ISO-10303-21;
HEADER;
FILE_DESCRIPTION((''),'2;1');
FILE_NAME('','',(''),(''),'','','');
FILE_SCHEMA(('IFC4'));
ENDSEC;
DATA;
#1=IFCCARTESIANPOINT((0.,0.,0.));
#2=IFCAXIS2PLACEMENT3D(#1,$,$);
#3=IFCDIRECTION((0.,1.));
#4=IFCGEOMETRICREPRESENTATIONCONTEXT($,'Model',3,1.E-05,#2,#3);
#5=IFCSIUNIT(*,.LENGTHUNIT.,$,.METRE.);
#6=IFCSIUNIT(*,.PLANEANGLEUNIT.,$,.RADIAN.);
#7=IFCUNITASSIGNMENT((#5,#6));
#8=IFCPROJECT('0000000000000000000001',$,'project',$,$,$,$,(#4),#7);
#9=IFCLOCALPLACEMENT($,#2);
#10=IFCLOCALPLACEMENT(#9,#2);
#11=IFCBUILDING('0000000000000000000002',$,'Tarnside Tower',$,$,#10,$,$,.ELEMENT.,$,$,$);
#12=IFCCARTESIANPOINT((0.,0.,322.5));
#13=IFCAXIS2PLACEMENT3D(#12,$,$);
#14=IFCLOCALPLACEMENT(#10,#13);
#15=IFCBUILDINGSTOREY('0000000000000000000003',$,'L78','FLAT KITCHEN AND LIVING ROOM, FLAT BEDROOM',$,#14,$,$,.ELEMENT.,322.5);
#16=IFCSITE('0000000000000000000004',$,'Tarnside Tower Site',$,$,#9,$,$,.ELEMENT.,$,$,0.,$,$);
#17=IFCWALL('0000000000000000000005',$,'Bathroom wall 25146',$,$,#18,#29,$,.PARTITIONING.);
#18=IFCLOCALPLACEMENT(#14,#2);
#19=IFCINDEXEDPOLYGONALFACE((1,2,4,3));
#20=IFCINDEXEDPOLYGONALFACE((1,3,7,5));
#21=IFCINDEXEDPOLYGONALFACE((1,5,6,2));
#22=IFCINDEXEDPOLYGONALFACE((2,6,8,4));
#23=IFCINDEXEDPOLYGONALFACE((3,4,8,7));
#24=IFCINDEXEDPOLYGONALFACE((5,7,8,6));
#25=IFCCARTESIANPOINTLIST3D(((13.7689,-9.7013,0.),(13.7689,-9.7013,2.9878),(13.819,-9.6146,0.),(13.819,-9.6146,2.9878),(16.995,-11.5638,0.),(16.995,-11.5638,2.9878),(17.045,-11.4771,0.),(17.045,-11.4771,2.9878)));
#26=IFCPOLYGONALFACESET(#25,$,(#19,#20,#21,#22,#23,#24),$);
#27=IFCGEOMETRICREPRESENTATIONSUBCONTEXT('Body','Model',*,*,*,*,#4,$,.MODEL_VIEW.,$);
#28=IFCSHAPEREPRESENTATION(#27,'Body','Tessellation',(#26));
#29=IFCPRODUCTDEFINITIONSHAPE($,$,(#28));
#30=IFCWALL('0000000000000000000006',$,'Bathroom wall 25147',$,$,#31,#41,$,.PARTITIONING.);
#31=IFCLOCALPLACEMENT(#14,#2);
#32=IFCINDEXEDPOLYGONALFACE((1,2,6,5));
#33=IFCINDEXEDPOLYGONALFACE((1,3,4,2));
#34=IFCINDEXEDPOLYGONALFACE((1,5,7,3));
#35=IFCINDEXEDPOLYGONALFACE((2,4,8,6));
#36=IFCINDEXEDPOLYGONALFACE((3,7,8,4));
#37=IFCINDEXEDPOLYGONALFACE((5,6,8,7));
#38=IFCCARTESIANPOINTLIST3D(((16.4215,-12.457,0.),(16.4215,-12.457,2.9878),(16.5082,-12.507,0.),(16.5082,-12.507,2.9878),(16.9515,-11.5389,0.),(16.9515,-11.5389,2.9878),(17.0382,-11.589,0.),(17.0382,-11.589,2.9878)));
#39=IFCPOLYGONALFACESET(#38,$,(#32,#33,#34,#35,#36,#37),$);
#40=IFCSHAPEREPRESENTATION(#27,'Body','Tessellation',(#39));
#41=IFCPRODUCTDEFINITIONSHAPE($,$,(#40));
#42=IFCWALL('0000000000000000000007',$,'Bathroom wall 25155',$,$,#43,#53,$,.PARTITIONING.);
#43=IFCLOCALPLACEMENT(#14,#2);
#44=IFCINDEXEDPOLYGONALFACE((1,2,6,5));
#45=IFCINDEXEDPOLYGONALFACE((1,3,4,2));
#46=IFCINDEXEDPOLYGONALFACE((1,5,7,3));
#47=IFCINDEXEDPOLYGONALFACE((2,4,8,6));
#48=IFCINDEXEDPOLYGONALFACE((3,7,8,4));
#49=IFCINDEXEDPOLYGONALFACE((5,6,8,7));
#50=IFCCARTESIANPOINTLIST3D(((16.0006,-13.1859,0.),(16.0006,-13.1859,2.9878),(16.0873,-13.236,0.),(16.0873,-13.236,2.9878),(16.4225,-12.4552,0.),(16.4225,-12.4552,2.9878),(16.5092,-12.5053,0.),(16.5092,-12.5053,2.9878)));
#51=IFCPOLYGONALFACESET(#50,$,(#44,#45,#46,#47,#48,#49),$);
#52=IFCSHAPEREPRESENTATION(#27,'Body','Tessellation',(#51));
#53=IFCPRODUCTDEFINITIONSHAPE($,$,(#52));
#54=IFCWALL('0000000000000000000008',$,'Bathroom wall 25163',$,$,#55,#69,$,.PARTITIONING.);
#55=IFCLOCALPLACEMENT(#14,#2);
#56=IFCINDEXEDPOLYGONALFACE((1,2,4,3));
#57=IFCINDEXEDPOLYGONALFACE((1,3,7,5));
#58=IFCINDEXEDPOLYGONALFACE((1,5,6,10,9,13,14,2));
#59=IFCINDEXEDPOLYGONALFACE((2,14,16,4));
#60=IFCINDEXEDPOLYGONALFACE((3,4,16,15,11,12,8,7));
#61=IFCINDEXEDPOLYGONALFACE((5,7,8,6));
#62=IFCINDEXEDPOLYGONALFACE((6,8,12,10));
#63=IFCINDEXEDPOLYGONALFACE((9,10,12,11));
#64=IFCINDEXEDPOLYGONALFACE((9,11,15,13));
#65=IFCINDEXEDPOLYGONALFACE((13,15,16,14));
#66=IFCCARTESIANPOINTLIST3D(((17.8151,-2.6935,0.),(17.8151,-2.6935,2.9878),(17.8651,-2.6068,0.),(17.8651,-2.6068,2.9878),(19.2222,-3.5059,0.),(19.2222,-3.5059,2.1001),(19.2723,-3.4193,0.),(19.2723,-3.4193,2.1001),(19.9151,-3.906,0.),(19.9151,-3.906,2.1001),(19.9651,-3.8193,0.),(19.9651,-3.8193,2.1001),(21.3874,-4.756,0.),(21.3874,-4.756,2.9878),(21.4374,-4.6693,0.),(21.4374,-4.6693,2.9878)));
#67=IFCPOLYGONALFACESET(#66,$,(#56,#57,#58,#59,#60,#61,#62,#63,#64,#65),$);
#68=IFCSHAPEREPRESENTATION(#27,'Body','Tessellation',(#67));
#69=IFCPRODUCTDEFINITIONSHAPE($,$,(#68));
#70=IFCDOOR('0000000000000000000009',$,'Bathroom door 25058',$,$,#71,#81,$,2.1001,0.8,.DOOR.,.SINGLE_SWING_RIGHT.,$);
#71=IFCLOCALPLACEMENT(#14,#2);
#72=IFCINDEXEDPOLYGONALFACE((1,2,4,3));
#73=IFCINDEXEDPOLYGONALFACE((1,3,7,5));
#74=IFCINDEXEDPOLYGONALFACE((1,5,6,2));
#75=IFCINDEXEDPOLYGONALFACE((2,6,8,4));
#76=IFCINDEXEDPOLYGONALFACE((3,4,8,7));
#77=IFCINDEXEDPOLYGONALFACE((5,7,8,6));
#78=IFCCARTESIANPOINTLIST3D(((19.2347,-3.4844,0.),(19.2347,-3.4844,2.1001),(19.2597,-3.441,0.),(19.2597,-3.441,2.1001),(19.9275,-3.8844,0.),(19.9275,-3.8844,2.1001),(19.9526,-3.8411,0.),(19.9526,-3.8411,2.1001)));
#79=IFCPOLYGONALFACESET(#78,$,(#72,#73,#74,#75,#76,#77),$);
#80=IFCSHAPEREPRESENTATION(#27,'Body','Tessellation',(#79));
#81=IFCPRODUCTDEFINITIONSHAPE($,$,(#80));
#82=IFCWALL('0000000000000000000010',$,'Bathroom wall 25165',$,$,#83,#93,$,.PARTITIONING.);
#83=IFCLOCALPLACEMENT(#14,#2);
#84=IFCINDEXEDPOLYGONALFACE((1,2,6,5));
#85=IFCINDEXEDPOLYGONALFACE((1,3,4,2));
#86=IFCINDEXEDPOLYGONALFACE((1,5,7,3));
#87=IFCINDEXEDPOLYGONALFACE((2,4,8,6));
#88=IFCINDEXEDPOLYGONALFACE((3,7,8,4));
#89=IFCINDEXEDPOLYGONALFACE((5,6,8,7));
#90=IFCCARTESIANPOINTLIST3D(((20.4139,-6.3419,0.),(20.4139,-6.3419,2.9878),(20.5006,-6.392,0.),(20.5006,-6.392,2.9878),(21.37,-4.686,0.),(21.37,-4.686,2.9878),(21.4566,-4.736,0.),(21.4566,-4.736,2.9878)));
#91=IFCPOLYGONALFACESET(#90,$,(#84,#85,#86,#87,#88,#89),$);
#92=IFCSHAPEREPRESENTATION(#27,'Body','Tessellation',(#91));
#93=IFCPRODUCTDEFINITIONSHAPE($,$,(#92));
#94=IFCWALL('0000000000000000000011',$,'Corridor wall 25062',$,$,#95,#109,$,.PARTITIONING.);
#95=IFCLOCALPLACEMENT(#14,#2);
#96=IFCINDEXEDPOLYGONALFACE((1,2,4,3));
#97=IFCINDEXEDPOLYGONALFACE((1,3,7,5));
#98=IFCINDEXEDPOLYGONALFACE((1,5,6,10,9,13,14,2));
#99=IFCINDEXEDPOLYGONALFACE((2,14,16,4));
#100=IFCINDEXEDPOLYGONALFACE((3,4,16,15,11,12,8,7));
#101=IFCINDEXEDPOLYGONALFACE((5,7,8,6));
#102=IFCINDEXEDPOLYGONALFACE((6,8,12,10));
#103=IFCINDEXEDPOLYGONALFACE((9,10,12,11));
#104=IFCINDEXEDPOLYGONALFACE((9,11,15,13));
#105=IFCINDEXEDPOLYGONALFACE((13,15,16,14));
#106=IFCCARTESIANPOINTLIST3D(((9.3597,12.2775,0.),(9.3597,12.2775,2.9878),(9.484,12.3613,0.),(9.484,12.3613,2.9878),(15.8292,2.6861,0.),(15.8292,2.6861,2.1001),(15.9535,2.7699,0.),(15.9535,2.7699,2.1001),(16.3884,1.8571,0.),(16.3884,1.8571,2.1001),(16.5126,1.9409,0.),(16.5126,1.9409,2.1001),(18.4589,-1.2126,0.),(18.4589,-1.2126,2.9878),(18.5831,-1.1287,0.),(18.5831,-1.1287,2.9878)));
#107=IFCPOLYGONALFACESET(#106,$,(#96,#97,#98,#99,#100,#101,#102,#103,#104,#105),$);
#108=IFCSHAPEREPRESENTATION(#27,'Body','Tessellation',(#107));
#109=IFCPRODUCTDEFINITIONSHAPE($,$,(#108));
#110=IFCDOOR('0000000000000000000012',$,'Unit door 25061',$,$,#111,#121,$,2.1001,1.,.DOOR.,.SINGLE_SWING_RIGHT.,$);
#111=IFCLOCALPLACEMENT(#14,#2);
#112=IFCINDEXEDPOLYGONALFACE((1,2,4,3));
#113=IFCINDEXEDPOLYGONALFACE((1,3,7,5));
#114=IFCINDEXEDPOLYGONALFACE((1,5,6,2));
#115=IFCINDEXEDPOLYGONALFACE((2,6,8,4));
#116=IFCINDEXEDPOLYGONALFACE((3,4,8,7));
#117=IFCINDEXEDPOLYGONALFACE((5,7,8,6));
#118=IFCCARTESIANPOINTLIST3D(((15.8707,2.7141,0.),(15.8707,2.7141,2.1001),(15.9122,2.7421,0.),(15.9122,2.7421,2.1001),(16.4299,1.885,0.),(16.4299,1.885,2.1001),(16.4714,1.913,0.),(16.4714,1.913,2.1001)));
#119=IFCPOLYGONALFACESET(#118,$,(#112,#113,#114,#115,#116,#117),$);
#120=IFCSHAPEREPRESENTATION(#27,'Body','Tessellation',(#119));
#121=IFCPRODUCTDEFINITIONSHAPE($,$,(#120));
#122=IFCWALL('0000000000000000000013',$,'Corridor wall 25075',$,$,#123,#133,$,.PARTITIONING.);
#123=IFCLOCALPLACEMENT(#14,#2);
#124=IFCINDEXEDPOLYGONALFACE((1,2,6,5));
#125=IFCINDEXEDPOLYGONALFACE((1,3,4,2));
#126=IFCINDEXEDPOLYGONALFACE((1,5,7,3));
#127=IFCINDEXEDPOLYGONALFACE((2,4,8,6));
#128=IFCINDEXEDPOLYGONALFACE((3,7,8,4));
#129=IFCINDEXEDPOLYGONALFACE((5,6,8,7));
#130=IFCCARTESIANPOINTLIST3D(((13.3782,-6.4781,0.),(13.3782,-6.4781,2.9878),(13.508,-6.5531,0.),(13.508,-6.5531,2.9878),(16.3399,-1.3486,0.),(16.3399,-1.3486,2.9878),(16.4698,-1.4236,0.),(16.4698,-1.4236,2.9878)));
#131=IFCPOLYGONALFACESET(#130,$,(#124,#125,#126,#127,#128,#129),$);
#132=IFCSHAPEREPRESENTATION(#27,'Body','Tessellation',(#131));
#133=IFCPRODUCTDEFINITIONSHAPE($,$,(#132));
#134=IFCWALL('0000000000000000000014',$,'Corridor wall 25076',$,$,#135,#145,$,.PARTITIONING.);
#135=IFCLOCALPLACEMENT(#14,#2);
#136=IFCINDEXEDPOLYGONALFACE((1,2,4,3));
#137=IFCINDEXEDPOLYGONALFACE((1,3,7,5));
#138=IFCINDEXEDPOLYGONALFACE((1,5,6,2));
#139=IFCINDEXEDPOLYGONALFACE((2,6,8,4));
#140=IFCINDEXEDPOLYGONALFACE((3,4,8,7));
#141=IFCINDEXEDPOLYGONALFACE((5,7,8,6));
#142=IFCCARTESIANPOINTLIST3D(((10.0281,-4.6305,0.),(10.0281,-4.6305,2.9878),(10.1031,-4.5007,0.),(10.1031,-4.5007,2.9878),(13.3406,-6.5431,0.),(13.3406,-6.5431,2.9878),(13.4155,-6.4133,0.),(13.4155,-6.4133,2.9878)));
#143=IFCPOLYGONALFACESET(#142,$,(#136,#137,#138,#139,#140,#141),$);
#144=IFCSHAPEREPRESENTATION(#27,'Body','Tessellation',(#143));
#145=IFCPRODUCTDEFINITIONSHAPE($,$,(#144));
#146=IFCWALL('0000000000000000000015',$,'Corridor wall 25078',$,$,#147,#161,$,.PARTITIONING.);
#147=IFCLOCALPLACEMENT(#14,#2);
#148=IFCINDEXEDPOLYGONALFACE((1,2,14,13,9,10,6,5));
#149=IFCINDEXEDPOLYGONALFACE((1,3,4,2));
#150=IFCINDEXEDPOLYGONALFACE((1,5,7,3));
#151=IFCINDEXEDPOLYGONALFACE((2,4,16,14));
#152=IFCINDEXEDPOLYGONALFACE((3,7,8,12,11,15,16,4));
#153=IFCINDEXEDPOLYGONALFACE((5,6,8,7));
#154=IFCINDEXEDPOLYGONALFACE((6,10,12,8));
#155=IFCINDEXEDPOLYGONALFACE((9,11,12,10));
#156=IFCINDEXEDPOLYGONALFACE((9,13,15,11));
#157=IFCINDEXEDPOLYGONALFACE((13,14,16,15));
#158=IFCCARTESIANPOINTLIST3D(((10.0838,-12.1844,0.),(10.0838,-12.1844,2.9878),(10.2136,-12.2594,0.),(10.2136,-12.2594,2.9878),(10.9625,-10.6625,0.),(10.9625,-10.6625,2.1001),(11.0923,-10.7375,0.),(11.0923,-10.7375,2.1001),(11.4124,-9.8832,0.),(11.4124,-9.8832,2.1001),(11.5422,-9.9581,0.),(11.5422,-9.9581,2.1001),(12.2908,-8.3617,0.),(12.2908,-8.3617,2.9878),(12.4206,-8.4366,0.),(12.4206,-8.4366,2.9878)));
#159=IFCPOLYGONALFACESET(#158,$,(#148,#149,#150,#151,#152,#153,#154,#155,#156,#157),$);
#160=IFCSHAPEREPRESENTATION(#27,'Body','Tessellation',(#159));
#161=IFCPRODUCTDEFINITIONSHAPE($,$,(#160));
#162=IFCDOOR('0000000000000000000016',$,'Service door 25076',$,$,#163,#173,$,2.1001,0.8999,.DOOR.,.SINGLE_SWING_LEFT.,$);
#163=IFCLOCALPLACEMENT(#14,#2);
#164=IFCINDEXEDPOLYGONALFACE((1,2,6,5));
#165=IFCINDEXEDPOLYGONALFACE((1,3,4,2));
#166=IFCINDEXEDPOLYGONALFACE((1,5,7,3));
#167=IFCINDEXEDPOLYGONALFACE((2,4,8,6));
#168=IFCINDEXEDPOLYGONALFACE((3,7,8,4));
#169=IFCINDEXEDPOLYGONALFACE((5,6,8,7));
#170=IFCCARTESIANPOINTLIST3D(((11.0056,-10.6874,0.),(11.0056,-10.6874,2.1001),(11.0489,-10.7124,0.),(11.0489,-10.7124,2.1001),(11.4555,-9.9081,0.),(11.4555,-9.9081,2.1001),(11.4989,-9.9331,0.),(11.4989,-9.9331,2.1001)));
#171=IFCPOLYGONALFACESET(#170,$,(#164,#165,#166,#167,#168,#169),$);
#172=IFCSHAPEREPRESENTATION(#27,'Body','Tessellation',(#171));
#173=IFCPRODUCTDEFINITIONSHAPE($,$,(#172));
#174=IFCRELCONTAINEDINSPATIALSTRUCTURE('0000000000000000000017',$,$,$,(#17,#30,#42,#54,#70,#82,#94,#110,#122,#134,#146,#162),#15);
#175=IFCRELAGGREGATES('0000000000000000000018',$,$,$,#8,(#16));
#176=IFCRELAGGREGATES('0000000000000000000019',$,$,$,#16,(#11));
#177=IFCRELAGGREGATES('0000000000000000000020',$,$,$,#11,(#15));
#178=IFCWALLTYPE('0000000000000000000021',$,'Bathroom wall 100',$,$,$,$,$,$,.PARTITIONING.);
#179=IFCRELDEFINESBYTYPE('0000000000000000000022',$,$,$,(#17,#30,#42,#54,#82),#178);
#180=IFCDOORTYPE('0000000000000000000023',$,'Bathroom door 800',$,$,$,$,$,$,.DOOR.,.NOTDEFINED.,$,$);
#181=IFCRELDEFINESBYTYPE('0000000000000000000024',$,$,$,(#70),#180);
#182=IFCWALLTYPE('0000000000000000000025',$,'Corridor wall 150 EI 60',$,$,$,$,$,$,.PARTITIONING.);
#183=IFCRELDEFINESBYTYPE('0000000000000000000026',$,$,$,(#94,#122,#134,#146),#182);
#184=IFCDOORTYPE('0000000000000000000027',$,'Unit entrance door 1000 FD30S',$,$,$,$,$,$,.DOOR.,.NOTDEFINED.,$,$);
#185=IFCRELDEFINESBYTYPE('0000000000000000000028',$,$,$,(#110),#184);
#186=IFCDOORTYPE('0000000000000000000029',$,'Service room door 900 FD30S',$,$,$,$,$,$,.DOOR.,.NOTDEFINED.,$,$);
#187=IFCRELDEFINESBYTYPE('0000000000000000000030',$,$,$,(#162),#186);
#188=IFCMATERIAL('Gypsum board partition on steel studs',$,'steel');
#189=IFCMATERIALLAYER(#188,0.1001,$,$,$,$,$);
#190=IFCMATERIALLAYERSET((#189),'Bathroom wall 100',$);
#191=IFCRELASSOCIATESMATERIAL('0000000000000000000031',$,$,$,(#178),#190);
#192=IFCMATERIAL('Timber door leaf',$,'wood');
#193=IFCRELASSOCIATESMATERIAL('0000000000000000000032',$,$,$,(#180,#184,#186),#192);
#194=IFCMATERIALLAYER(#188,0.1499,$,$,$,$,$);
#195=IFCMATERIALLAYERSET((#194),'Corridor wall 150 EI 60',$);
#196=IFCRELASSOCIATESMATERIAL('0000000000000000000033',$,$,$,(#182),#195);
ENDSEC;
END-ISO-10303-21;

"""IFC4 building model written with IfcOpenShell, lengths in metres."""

from ifc_helpers import new_model, si_unit, direction, frame, frame_2d, origin, place, context, subcontext, project, spatial, rectangle, extrude, material, layer, layer_set, type_object, element, fill, save


model = new_model("IFC4")

# Units and contexts
model_context = context("Model", 3, precision=1e-05, world=origin(), true_north=direction((0.0, 1.0)))
body_context = subcontext(model_context, "Body", "Model", "MODEL_VIEW")
ifc_project = project(units=[si_unit("LENGTHUNIT", "METRE"), si_unit("PLANEANGLEUNIT", "RADIAN")], contexts=[model_context])

# Site, building, storey
site_placement = place(None, origin())
site = spatial("IfcSite", under=ifc_project, at=site_placement, Name="Tarnside Tower Site", CompositionType="ELEMENT", RefElevation=0.0)
building_placement = place(site_placement, origin())
building = spatial("IfcBuilding", under=site, at=building_placement, Name="Tarnside Tower", CompositionType="ELEMENT")
storey_placement = place(building_placement, frame((0.0, 0.0, 322.5)))
storey = spatial("IfcBuildingStorey", under=building, at=storey_placement, Name="L78", Description="FLAT KITCHEN AND LIVING ROOM, FLAT BEDROOM", CompositionType="ELEMENT", Elevation=322.5)

# Walls
ifc_material_1 = material(Name="Gypsum board partition on steel studs", Category="steel")
ifc_layer_1 = layer(ifc_material_1, 0.1001)
ifc_layer_set_1 = layer_set([ifc_layer_1], Name="Bathroom wall 100")
wall_type_1 = type_object("IfcWallType", Name="Bathroom wall 100", PredefinedType="PARTITIONING", material=ifc_layer_set_1)
wall_1_placement = place(storey_placement, frame((13.7939, -9.658, 0.0), z_axis=(0.0, 0.0, 1.0), x_axis=(0.866028, -0.499995, 0.0)))
element("IfcWall", 1, at=wall_1_placement, inside=storey, type_object=wall_type_1, Name="Bathroom wall 25146", PredefinedType="PARTITIONING", context=body_context, shape_type="SweptSolid", body=[
    extrude(rectangle(XDim=3.7251, YDim=0.1001, at=frame_2d((1.8625, 0.0))), origin(), (0.0, 0.0, 1.0), 2.9878),
])
wall_2_placement = place(storey_placement, frame((16.9949, -11.564, 0.0), z_axis=(0.0, 0.0, 1.0), x_axis=(-0.500028, -0.866009, 0.0)))
element("IfcWall", 2, at=wall_2_placement, inside=storey, type_object=wall_type_1, Name="Bathroom wall 25147", PredefinedType="PARTITIONING", context=body_context, shape_type="SweptSolid", body=[
    extrude(rectangle(XDim=1.0601, YDim=0.1001, at=frame_2d((0.53, 0.0))), origin(), (0.0, 0.0, 1.0), 2.9878),
])
wall_3_placement = place(storey_placement, frame((16.0439, -13.2109, 0.0), z_axis=(0.0, 0.0, 1.0), x_axis=(0.499998, 0.866027, 0.0)))
element("IfcWall", 3, at=wall_3_placement, inside=storey, type_object=wall_type_1, Name="Bathroom wall 25155", PredefinedType="PARTITIONING", context=body_context, shape_type="SweptSolid", body=[
    extrude(rectangle(XDim=0.8438, YDim=0.1001, at=frame_2d((0.4219, 0.0))), origin(), (0.0, 0.0, 1.0), 2.9878),
])

# Wall, opening, door
wall_4_placement = place(storey_placement, frame((17.8401, -2.6501, 0.0), z_axis=(0.0, 0.0, 1.0), x_axis=(0.86602, -0.500009, 0.0)))
wall_4 = element("IfcWall", 4, at=wall_4_placement, inside=storey, type_object=wall_type_1, Name="Bathroom wall 25163", PredefinedType="PARTITIONING", context=body_context, shape_type="SweptSolid", body=[
    extrude(rectangle(XDim=4.125, YDim=0.1001, at=frame_2d((2.0625, 0.0))), origin(), (0.0, 0.0, 1.0), 2.9878),
])
opening_1_placement = place(wall_4_placement, frame((1.625, 0.0, 0.0)))
opening_1 = element("IfcOpeningElement", 5, at=opening_1_placement, cuts=wall_4, PredefinedType="OPENING", context=body_context, shape_type="SweptSolid", body=[
    extrude(rectangle(XDim=0.8, YDim=2.1001, at=frame_2d((0.3999, 1.05))), frame((0.0, 0.0601, 0.0), z_axis=(0.0, -1.0, 0.0), x_axis=(1.0, 0.0, 0.0)), (0.0, 0.0, 1.0), 0.1201),
])
ifc_material_2 = material(Name="Timber door leaf", Category="wood")
door_type_1 = type_object("IfcDoorType", Name="Bathroom door 800", OperationType="NOTDEFINED", PredefinedType="DOOR", material=ifc_material_2)
door_1_placement = place(opening_1_placement, origin())
door_1 = element("IfcDoor", 6, at=door_1_placement, inside=storey, type_object=door_type_1, Name="Bathroom door 25058", OperationType="SINGLE_SWING_RIGHT", OverallHeight=2.1001, OverallWidth=0.8, PredefinedType="DOOR", context=body_context, shape_type="SweptSolid", body=[
    extrude(rectangle(XDim=0.8, YDim=2.1001, at=frame_2d((0.3999, 1.05))), frame((0.0, 0.0249, 0.0), z_axis=(0.0, -1.0, 0.0), x_axis=(1.0, 0.0, 0.0)), (0.0, 0.0, 1.0), 0.05),
])
fill(opening_1, door_1)

# Wall
wall_5_placement = place(storey_placement, frame((20.4573, -6.3669, 0.0), z_axis=(0.0, 0.0, 1.0), x_axis=(0.499984, 0.866035, 0.0)))
element("IfcWall", 7, at=wall_5_placement, inside=storey, type_object=wall_type_1, Name="Bathroom wall 25165", PredefinedType="PARTITIONING", context=body_context, shape_type="SweptSolid", body=[
    extrude(rectangle(XDim=1.9121, YDim=0.1001, at=frame_2d((0.9561, 0.0))), origin(), (0.0, 0.0, 1.0), 2.9878),
])

# Wall, opening, door
ifc_layer_2 = layer(ifc_material_1, 0.1499)
ifc_layer_set_2 = layer_set([ifc_layer_2], Name="Corridor wall 150 EI 60")
wall_type_2 = type_object("IfcWallType", Name="Corridor wall 150 EI 60", PredefinedType="PARTITIONING", material=ifc_layer_set_2)
wall_6_placement = place(storey_placement, frame((18.521, -1.1707, 0.0), z_axis=(0.0, 0.0, 1.0), x_axis=(-0.559193, 0.829037, 0.0)))
wall_6 = element("IfcWall", 8, at=wall_6_placement, inside=storey, type_object=wall_type_2, Name="Corridor wall 25062", PredefinedType="PARTITIONING", context=body_context, shape_type="SweptSolid", body=[
    extrude(rectangle(XDim=16.272, YDim=0.1499, at=frame_2d((8.136, 0.0))), origin(), (0.0, 0.0, 1.0), 2.9878),
])
opening_2_placement = place(wall_6_placement, frame((3.7026, 0.0, 0.0)))
opening_2 = element("IfcOpeningElement", 9, at=opening_2_placement, cuts=wall_6, PredefinedType="OPENING", context=body_context, shape_type="SweptSolid", body=[
    extrude(rectangle(XDim=1.0, YDim=2.1001, at=frame_2d((0.5, 1.05))), frame((0.0, 0.085, 0.0), z_axis=(0.0, -1.0, 0.0), x_axis=(1.0, 0.0, 0.0)), (0.0, 0.0, 1.0), 0.1699),
])
door_type_2 = type_object("IfcDoorType", Name="Unit entrance door 1000 FD30S", OperationType="NOTDEFINED", PredefinedType="DOOR", material=ifc_material_2)
door_2_placement = place(opening_2_placement, origin())
door_2 = element("IfcDoor", 10, at=door_2_placement, inside=storey, type_object=door_type_2, Name="Unit door 25061", OperationType="SINGLE_SWING_RIGHT", OverallHeight=2.1001, OverallWidth=1.0, PredefinedType="DOOR", context=body_context, shape_type="SweptSolid", body=[
    extrude(rectangle(XDim=1.0, YDim=2.1001, at=frame_2d((0.5, 1.05))), frame((0.0, 0.0249, 0.0), z_axis=(0.0, -1.0, 0.0), x_axis=(1.0, 0.0, 0.0)), (0.0, 0.0, 1.0), 0.05),
])
fill(opening_2, door_2)

# Walls
wall_7_placement = place(storey_placement, frame((16.4048, -1.3862, 0.0), z_axis=(0.0, 0.0, 1.0), x_axis=(-0.500027, -0.86601, 0.0)))
element("IfcWall", 11, at=wall_7_placement, inside=storey, type_object=wall_type_2, Name="Corridor wall 25075", PredefinedType="PARTITIONING", context=body_context, shape_type="SweptSolid", body=[
    extrude(rectangle(XDim=5.9231, YDim=0.1499, at=frame_2d((2.9614, 0.0))), origin(), (0.0, 0.0, 1.0), 2.9878),
])
wall_8_placement = place(storey_placement, frame((13.3782, -6.4783, 0.0), z_axis=(0.0, 0.0, 1.0), x_axis=(-0.866011, 0.500024, 0.0)))
element("IfcWall", 12, at=wall_8_placement, inside=storey, type_object=wall_type_2, Name="Corridor wall 25076", PredefinedType="PARTITIONING", context=body_context, shape_type="SweptSolid", body=[
    extrude(rectangle(XDim=3.825, YDim=0.1499, at=frame_2d((1.9126, 0.0))), origin(), (0.0, 0.0, 1.0), 2.9878),
])

# Wall, opening, door
wall_9_placement = place(storey_placement, frame((12.3557, -8.3992, 0.0), z_axis=(0.0, 0.0, 1.0), x_axis=(-0.499994, -0.866029, 0.0)))
wall_9 = element("IfcWall", 13, at=wall_9_placement, inside=storey, type_object=wall_type_2, Name="Corridor wall 25078", PredefinedType="PARTITIONING", context=body_context, shape_type="SweptSolid", body=[
    extrude(rectangle(XDim=4.4141, YDim=0.1499, at=frame_2d((2.207, 0.0))), origin(), (0.0, 0.0, 1.0), 2.9878),
])
opening_3_placement = place(wall_9_placement, frame((1.7568, 0.0, 0.0)))
opening_3 = element("IfcOpeningElement", 14, at=opening_3_placement, cuts=wall_9, PredefinedType="OPENING", context=body_context, shape_type="SweptSolid", body=[
    extrude(rectangle(XDim=0.8999, YDim=2.1001, at=frame_2d((0.45, 1.05))), frame((0.0, 0.085, 0.0), z_axis=(0.0, -1.0, 0.0), x_axis=(1.0, 0.0, 0.0)), (0.0, 0.0, 1.0), 0.1699),
])
door_type_3 = type_object("IfcDoorType", Name="Service room door 900 FD30S", OperationType="NOTDEFINED", PredefinedType="DOOR", material=ifc_material_2)
door_3_placement = place(opening_3_placement, origin())
door_3 = element("IfcDoor", 15, at=door_3_placement, inside=storey, type_object=door_type_3, Name="Service door 25076", OperationType="SINGLE_SWING_LEFT", OverallHeight=2.1001, OverallWidth=0.8999, PredefinedType="DOOR", context=body_context, shape_type="SweptSolid", body=[
    extrude(rectangle(XDim=0.8999, YDim=2.1001, at=frame_2d((0.45, 1.05))), frame((0.0, 0.0249, 0.0), z_axis=(0.0, -1.0, 0.0), x_axis=(1.0, 0.0, 0.0)), (0.0, 0.0, 1.0), 0.05),
])
fill(opening_3, door_3)

save(model, "model.ifc")
